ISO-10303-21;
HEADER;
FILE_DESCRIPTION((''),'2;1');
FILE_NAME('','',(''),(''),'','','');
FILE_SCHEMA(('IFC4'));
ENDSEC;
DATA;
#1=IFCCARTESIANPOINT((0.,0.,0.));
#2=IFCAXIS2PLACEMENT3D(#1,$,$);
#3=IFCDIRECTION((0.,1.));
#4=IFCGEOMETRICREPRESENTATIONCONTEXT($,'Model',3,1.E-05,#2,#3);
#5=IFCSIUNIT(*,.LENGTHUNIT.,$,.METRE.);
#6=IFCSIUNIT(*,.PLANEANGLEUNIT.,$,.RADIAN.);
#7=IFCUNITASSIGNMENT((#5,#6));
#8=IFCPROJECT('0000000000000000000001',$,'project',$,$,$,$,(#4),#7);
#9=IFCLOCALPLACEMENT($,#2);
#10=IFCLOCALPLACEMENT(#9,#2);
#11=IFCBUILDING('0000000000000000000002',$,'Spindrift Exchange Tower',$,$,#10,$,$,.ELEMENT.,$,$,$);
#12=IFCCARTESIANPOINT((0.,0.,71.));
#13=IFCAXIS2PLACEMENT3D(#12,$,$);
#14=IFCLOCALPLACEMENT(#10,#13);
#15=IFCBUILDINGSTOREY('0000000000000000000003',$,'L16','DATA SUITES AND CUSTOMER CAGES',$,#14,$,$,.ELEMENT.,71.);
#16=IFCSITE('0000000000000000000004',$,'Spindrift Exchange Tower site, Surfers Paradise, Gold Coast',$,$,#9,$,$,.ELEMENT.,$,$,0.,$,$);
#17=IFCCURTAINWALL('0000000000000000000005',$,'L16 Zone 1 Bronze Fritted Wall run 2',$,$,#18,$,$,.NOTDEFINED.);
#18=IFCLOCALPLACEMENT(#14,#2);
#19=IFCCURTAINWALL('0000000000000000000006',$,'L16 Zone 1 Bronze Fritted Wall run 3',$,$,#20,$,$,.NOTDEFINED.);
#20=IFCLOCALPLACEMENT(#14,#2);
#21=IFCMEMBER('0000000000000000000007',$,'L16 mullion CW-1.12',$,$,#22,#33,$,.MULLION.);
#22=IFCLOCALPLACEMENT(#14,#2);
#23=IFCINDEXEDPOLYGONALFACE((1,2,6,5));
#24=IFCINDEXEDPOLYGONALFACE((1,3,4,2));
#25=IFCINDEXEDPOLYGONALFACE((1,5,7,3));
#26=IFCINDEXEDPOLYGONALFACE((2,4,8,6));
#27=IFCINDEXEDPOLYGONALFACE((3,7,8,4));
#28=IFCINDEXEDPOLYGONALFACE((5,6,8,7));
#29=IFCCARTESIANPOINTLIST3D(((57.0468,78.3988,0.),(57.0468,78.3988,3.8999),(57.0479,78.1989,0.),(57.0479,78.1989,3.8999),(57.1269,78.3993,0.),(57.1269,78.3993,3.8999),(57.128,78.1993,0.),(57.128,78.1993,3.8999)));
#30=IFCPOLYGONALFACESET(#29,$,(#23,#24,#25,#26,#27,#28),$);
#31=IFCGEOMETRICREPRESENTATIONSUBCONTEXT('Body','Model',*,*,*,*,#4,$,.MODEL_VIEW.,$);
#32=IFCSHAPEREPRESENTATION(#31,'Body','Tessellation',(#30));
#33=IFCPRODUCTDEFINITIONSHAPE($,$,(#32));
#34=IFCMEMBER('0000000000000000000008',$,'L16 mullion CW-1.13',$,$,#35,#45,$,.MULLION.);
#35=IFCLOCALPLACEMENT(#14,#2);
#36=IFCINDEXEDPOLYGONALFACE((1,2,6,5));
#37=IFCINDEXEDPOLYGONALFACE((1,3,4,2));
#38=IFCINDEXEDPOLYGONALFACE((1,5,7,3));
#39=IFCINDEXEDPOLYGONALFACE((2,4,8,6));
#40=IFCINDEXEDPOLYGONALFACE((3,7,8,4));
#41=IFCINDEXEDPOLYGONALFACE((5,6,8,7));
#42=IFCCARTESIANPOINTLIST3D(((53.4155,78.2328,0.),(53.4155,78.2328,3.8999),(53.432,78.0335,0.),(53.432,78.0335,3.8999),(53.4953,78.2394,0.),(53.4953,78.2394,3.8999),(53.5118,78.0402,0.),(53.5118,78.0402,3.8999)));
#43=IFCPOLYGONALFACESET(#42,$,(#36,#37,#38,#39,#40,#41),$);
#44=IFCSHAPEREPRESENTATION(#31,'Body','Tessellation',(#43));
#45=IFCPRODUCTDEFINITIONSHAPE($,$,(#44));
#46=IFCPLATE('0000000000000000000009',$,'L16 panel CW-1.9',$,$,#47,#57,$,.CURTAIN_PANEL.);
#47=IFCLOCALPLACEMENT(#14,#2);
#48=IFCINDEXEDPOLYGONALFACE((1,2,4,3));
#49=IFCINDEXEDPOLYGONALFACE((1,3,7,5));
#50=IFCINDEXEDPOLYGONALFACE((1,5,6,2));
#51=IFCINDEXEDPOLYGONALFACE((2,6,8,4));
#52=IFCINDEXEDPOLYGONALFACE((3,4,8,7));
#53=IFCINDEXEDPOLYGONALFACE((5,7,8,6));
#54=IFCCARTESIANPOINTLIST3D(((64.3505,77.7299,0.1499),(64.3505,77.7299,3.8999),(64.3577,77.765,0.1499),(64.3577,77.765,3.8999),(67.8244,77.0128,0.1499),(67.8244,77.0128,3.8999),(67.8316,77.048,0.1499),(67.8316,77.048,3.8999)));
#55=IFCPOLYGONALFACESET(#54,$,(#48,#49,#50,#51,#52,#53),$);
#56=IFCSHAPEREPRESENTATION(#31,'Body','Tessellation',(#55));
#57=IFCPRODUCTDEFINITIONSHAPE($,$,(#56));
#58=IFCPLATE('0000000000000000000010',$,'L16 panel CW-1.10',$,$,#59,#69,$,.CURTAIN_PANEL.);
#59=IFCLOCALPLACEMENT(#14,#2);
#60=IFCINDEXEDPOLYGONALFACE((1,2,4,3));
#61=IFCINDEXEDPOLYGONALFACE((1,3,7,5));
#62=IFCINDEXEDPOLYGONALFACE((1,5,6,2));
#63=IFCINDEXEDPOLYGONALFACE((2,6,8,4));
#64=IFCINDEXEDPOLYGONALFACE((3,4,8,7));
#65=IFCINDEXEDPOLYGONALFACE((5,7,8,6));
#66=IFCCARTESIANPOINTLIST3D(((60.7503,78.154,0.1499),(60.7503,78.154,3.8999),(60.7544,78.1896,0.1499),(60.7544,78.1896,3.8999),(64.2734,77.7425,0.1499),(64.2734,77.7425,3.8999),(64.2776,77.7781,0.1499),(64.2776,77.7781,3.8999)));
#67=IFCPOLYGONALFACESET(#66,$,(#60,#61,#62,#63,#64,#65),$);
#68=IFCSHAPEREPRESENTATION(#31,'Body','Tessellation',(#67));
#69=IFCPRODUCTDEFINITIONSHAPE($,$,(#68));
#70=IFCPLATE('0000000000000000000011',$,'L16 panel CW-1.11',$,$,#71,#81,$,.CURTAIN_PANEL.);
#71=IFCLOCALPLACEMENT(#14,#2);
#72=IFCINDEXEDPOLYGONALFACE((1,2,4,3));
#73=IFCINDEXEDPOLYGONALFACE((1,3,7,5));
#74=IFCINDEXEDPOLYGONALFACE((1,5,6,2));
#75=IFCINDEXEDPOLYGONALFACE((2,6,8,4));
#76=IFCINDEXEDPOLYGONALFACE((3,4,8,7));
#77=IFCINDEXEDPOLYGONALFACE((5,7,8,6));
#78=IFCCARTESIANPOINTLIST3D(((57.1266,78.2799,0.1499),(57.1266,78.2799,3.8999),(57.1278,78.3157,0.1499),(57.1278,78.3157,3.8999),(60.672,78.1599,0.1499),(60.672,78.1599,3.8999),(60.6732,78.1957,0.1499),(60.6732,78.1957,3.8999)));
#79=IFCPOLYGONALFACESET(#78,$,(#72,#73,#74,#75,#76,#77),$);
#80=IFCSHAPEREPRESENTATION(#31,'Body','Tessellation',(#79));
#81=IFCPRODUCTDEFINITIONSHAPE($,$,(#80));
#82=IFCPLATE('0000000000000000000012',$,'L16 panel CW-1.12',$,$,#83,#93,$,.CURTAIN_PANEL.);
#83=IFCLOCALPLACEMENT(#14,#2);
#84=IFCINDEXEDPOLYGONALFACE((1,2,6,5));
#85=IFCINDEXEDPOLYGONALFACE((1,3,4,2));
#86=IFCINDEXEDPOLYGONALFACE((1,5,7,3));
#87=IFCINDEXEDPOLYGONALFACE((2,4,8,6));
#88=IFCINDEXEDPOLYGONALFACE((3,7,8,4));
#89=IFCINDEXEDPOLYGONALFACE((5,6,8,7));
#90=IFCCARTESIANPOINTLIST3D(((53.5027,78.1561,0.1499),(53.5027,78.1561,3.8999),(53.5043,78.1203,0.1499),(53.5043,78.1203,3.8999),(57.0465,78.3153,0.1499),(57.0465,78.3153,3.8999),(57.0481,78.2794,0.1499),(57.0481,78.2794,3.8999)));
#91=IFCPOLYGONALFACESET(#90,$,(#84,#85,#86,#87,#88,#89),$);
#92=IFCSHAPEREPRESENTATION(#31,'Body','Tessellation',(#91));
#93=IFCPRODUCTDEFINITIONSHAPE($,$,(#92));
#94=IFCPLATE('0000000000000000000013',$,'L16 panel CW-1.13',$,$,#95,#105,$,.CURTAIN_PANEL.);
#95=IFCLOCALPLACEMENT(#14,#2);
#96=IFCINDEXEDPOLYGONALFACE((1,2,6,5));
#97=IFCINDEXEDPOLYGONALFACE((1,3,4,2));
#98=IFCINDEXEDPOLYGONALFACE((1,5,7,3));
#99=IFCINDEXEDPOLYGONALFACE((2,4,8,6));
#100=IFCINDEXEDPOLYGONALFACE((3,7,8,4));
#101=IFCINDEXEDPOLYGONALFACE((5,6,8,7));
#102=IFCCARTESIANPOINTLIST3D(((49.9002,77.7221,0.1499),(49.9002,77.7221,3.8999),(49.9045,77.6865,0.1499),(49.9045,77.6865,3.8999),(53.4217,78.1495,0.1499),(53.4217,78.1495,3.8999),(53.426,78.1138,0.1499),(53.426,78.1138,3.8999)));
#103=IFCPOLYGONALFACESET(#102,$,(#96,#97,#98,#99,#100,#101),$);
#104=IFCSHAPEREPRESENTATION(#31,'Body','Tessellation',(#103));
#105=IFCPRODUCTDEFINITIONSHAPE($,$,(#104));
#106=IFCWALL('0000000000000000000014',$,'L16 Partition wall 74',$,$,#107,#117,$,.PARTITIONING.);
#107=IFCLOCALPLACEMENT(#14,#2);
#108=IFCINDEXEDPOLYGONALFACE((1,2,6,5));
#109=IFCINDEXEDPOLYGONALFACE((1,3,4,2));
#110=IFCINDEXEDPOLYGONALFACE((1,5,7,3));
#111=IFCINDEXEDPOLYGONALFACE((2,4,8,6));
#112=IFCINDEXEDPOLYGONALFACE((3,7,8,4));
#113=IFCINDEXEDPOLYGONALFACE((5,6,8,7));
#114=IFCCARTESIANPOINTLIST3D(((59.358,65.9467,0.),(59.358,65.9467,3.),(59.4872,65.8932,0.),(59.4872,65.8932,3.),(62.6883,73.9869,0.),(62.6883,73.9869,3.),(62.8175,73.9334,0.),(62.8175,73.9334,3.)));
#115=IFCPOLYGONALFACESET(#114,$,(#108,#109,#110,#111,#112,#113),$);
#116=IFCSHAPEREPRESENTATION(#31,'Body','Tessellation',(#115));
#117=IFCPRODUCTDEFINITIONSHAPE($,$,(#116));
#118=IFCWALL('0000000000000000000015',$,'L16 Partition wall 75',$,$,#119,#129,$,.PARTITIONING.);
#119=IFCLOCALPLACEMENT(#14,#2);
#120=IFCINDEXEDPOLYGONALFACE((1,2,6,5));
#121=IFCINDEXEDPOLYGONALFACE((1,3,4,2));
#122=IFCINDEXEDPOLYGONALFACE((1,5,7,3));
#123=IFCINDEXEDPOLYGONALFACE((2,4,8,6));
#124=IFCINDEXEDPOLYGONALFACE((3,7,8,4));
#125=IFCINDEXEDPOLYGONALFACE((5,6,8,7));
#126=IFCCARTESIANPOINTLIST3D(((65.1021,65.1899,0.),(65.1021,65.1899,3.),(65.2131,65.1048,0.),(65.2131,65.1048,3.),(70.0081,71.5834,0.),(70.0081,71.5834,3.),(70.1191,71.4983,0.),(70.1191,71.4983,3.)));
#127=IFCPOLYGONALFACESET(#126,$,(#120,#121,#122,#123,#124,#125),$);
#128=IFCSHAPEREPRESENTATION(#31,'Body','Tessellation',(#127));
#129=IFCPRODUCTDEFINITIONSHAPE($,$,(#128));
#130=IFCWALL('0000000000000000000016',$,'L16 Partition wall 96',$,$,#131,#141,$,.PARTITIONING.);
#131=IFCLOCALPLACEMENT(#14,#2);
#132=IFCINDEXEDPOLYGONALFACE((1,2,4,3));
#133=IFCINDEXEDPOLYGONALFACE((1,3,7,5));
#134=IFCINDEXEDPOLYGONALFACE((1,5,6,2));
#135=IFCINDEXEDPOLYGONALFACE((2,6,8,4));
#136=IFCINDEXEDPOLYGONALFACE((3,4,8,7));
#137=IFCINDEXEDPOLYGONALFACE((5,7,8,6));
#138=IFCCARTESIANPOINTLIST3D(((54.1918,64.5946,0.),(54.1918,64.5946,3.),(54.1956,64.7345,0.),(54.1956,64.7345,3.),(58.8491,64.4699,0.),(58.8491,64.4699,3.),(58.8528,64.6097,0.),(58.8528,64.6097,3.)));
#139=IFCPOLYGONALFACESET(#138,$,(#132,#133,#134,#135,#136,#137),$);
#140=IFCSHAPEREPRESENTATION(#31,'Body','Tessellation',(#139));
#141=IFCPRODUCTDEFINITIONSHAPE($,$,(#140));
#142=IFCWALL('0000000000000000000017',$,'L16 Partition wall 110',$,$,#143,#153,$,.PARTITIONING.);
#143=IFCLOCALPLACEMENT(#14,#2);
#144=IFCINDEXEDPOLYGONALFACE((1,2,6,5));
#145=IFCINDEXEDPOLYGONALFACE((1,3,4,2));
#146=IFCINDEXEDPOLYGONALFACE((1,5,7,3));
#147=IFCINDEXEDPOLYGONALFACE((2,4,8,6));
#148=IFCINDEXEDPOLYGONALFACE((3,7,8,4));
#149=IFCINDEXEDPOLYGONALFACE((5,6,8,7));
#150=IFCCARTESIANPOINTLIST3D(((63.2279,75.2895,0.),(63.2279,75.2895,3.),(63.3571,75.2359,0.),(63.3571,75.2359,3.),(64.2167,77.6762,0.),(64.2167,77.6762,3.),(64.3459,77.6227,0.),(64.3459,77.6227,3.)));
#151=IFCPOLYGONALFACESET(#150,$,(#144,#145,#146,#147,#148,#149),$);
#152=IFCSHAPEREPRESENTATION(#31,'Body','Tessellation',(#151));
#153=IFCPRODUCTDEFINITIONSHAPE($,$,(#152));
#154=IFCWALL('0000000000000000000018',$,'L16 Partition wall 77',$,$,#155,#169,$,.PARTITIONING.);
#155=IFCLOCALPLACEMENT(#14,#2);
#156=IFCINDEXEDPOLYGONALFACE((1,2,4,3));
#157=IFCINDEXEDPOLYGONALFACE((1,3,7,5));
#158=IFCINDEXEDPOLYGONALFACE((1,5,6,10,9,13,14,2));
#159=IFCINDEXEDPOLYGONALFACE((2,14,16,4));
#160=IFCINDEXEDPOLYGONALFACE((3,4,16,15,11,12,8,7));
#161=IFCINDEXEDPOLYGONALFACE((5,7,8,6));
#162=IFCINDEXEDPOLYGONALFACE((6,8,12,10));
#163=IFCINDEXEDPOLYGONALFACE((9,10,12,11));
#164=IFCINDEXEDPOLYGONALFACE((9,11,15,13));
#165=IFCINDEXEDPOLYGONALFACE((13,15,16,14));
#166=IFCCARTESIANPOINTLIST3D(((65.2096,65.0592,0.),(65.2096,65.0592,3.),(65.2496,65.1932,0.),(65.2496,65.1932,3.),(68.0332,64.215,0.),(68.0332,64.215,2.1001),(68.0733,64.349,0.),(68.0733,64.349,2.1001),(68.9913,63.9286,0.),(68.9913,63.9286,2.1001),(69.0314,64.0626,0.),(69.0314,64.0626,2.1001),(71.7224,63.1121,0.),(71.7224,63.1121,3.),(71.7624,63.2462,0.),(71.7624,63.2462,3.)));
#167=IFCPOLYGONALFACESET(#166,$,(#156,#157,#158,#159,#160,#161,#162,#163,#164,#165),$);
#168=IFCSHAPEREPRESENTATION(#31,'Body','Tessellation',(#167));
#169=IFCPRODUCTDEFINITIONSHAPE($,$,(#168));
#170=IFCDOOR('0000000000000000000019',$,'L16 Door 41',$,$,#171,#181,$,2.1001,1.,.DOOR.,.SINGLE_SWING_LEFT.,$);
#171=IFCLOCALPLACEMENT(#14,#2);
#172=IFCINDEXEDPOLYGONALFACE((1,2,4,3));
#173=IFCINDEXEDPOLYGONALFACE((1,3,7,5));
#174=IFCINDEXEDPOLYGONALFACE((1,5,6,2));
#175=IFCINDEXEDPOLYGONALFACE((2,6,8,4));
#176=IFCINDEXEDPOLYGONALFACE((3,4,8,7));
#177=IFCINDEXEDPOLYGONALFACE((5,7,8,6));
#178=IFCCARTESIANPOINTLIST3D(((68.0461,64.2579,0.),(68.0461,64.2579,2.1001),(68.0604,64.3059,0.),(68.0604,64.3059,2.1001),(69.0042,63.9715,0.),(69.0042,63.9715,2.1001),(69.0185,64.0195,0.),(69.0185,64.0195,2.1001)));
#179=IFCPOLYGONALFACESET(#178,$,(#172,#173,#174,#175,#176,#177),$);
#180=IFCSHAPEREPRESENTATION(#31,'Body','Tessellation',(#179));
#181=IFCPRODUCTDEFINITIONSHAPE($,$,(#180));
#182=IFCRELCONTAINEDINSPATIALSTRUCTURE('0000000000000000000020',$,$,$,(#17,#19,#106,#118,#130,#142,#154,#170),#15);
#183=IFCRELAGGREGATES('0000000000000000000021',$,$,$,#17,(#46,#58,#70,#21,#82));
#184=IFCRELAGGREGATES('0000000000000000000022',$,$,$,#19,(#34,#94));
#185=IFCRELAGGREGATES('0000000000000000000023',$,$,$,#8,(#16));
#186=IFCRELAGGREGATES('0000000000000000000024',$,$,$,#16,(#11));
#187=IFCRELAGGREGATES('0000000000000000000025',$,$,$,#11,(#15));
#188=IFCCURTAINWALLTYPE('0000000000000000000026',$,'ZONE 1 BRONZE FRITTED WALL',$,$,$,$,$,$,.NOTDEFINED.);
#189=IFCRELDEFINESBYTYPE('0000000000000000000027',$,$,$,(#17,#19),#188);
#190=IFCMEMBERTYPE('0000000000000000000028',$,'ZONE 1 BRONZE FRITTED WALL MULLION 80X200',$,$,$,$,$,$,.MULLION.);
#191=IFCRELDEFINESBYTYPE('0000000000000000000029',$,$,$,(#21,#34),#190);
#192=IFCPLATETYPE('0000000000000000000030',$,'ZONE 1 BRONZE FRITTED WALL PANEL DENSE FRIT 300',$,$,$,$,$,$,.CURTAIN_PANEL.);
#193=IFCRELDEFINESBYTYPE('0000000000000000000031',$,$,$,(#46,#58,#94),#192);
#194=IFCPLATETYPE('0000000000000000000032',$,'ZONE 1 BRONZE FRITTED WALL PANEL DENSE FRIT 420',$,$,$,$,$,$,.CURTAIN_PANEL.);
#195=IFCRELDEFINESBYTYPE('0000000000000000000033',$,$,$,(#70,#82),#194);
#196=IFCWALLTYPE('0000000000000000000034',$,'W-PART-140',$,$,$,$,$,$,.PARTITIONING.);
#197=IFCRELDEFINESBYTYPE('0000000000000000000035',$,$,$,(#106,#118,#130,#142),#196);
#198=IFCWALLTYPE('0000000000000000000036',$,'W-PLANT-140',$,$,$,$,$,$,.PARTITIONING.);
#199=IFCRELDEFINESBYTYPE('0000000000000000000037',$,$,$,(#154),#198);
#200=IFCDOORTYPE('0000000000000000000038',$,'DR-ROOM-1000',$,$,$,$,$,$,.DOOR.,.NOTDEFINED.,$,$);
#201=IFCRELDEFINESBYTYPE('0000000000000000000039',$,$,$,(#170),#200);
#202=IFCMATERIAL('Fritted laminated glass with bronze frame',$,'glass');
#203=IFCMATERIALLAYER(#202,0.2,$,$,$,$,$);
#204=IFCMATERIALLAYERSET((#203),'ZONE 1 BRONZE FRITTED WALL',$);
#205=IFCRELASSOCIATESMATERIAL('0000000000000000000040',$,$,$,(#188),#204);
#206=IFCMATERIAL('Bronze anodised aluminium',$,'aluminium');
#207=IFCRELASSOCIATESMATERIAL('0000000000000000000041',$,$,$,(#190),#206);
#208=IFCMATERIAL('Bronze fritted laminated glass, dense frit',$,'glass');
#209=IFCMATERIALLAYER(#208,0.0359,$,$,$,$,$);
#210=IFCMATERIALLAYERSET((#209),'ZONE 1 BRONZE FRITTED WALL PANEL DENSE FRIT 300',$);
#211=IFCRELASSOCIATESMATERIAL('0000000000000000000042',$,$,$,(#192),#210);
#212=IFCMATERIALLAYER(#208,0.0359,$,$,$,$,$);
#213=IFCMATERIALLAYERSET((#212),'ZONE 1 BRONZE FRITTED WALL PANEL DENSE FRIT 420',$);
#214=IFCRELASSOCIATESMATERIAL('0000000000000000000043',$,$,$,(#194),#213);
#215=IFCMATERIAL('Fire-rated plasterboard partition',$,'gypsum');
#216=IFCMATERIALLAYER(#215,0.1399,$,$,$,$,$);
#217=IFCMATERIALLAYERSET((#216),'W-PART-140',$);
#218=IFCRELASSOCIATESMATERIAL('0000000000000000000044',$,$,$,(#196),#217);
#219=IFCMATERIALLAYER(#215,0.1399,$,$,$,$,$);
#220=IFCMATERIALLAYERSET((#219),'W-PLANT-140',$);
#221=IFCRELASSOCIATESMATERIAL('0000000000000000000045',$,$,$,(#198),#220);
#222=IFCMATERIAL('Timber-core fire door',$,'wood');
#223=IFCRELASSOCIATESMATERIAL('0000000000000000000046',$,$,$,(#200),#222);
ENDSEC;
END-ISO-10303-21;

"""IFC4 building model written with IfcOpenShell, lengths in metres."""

from ifc_helpers import new_model, si_unit, direction, frame, frame_2d, origin, origin_2d, place, context, subcontext, project, spatial, rectangle, extrude, source, transform, mapped, material, layer, layer_set, material_profile, profile_set, type_object, element, fill, aggregate, save


model = new_model("IFC4")

# Units and contexts
model_context = context("Model", 3, precision=1e-05, world=origin(), true_north=direction((0.0, 1.0)))
body_context = subcontext(model_context, "Body", "Model", "MODEL_VIEW")
ifc_project = project(units=[si_unit("LENGTHUNIT", "METRE"), si_unit("PLANEANGLEUNIT", "RADIAN")], contexts=[model_context])

# Site, building, storey
site_placement = place(None, origin())
site = spatial("IfcSite", under=ifc_project, at=site_placement, Name="Spindrift Exchange Tower site, Surfers Paradise, Gold Coast", CompositionType="ELEMENT", RefElevation=0.0)
building_placement = place(site_placement, origin())
building = spatial("IfcBuilding", under=site, at=building_placement, Name="Spindrift Exchange Tower", CompositionType="ELEMENT")
storey_placement = place(building_placement, frame((0.0, 0.0, 71.0)))
storey = spatial("IfcBuildingStorey", under=building, at=storey_placement, Name="L16", Description="DATA SUITES AND CUSTOMER CAGES", CompositionType="ELEMENT", Elevation=71.0)

# Curtain wall
ifc_material_1 = material(Name="Fritted laminated glass with bronze frame", Category="glass")
ifc_layer_1 = layer(ifc_material_1, 0.2)
ifc_layer_set_1 = layer_set([ifc_layer_1], Name="ZONE 1 BRONZE FRITTED WALL")
curtain_wall_type = type_object("IfcCurtainWallType", Name="ZONE 1 BRONZE FRITTED WALL", PredefinedType="NOTDEFINED", material=ifc_layer_set_1)
curtain_wall_1_placement = place(storey_placement, origin())
curtain_wall_1 = element("IfcCurtainWall", 1, at=curtain_wall_1_placement, inside=storey, type_object=curtain_wall_type, Name="L16 Zone 1 Bronze Fritted Wall run 2", PredefinedType="NOTDEFINED")
ifc_material_2 = material(Name="Bronze anodised aluminium", Category="aluminium")

# Curtain wall
curtain_wall_2_placement = place(storey_placement, origin())
curtain_wall_2 = element("IfcCurtainWall", 2, at=curtain_wall_2_placement, inside=storey, type_object=curtain_wall_type, Name="L16 Zone 1 Bronze Fritted Wall run 3", PredefinedType="NOTDEFINED")

# Members
ifc_material_profile_1 = material_profile(ifc_material_2, rectangle(XDim=0.0801, YDim=0.2, at=origin_2d()), Name="ZONE 1 BRONZE FRITTED WALL MULLION 80X200")
ifc_profile_set_1 = profile_set([ifc_material_profile_1], Name="Bronze anodised aluminium")
member_type_1 = type_object("IfcMemberType", Name="ZONE 1 BRONZE FRITTED WALL MULLION 80X200", PredefinedType="MULLION", material=ifc_profile_set_1)
shared_shape_1 = source(origin(), body_context, "Body", "SweptSolid", [
    extrude(rectangle(XDim=0.0801, YDim=0.2, at=origin_2d()), origin(), (0.0, 0.0, 1.0), 3.8999),
])
member_1_placement = place(storey_placement, frame((57.0874, 78.2991, 0.0), z_axis=(0.0, 0.0, 1.0), x_axis=(-0.999985, -0.005518, 0.0)))
member_1 = element("IfcMember", 3, at=member_1_placement, type_object=member_type_1, Name="L16 mullion CW-1.12", PredefinedType="MULLION", context=body_context, shape_type="MappedRepresentation", body=[
    mapped(shared_shape_1, transform((0.0, 0.0, 0.0), scale=1.0)),
])
member_2_placement = place(storey_placement, frame((53.4636, 78.1365, 0.0), z_axis=(0.0, 0.0, 1.0), x_axis=(-0.996573, -0.082724, 0.0)))
member_2 = element("IfcMember", 4, at=member_2_placement, type_object=member_type_1, Name="L16 mullion CW-1.13", PredefinedType="MULLION", context=body_context, shape_type="MappedRepresentation", body=[
    mapped(shared_shape_1, transform((0.0, 0.0, 0.0), scale=1.0)),
])

# Plates
ifc_material_3 = material(Name="Bronze fritted laminated glass, dense frit", Category="glass")
ifc_layer_2 = layer(ifc_material_3, 0.0359)
ifc_layer_set_2 = layer_set([ifc_layer_2], Name="ZONE 1 BRONZE FRITTED WALL PANEL DENSE FRIT 300")
plate_type_1 = type_object("IfcPlateType", Name="ZONE 1 BRONZE FRITTED WALL PANEL DENSE FRIT 300", PredefinedType="CURTAIN_PANEL", material=ifc_layer_set_2)
shared_shape_2 = source(origin(), body_context, "Body", "SweptSolid", [
    extrude(rectangle(XDim=3.5471, YDim=0.0359, at=origin_2d()), origin(), (0.0, 0.0, 1.0), 3.75),
])
plate_1_placement = place(storey_placement, frame((66.0911, 77.3889, 0.1499), z_axis=(0.0, 0.0, 1.0), x_axis=(-0.979354, 0.202151, 0.0)))
plate_1 = element("IfcPlate", 5, at=plate_1_placement, type_object=plate_type_1, Name="L16 panel CW-1.9", PredefinedType="CURTAIN_PANEL", context=body_context, shape_type="MappedRepresentation", body=[
    mapped(shared_shape_2, transform((0.0, 0.0, 0.0), scale=1.0)),
])
plate_2_placement = place(storey_placement, frame((62.5139, 77.9661, 0.1499), z_axis=(0.0, 0.0, 1.0), x_axis=(-0.993247, 0.116015, 0.0)))
plate_2 = element("IfcPlate", 6, at=plate_2_placement, type_object=plate_type_1, Name="L16 panel CW-1.10", PredefinedType="CURTAIN_PANEL", context=body_context, shape_type="MappedRepresentation", body=[
    mapped(shared_shape_2, transform((0.0, 0.0, 0.0), scale=1.0)),
])
ifc_layer_3 = layer(ifc_material_3, 0.0359)
ifc_layer_set_3 = layer_set([ifc_layer_3], Name="ZONE 1 BRONZE FRITTED WALL PANEL DENSE FRIT 420")
plate_type_2 = type_object("IfcPlateType", Name="ZONE 1 BRONZE FRITTED WALL PANEL DENSE FRIT 420", PredefinedType="CURTAIN_PANEL", material=ifc_layer_set_3)
shared_shape_3 = source(origin(), body_context, "Body", "SweptSolid", [
    extrude(rectangle(XDim=3.5474, YDim=0.0359, at=origin_2d()), origin(), (0.0, 0.0, 1.0), 3.75),
])
plate_3_placement = place(storey_placement, frame((58.8999, 78.2378, 0.1499), z_axis=(0.0, 0.0, 1.0), x_axis=(-0.999428, 0.033827, 0.0)))
plate_3 = element("IfcPlate", 7, at=plate_3_placement, type_object=plate_type_2, Name="L16 panel CW-1.11", PredefinedType="CURTAIN_PANEL", context=body_context, shape_type="MappedRepresentation", body=[
    mapped(shared_shape_3, transform((0.0, 0.0, 0.0), scale=1.0)),
])
plate_4_placement = place(storey_placement, frame((55.2754, 78.2178, 0.1499), z_axis=(0.0, 0.0, 1.0), x_axis=(-0.998994, -0.044854, 0.0)))
plate_4 = element("IfcPlate", 8, at=plate_4_placement, type_object=plate_type_2, Name="L16 panel CW-1.12", PredefinedType="CURTAIN_PANEL", context=body_context, shape_type="MappedRepresentation", body=[
    mapped(shared_shape_3, transform((0.0, 0.0, 0.0), scale=1.0)),
])
aggregate(curtain_wall_1, [plate_1, plate_2, plate_3, member_1, plate_4])
shared_shape_4 = source(origin(), body_context, "Body", "SweptSolid", [
    extrude(rectangle(XDim=3.5474, YDim=0.0359, at=origin_2d()), origin(), (0.0, 0.0, 1.0), 3.75),
])
plate_5_placement = place(storey_placement, frame((51.6631, 77.918, 0.1499), z_axis=(0.0, 0.0, 1.0), x_axis=(-0.992716, -0.120475, 0.0)))
plate_5 = element("IfcPlate", 9, at=plate_5_placement, type_object=plate_type_1, Name="L16 panel CW-1.13", PredefinedType="CURTAIN_PANEL", context=body_context, shape_type="MappedRepresentation", body=[
    mapped(shared_shape_4, transform((0.0, 0.0, 0.0), scale=1.0)),
])
aggregate(curtain_wall_2, [member_2, plate_5])

# Walls
ifc_material_4 = material(Name="Fire-rated plasterboard partition", Category="gypsum")
ifc_layer_4 = layer(ifc_material_4, 0.1399)
ifc_layer_set_4 = layer_set([ifc_layer_4], Name="W-PART-140")
wall_type_1 = type_object("IfcWallType", Name="W-PART-140", PredefinedType="PARTITIONING", material=ifc_layer_set_4)
wall_1_placement = place(storey_placement, frame((59.4226, 65.9199, 0.0), z_axis=(0.0, 0.0, 1.0), x_axis=(0.382676, 0.923882, 0.0)))
element("IfcWall", 10, at=wall_1_placement, inside=storey, type_object=wall_type_1, Name="L16 Partition wall 74", PredefinedType="PARTITIONING", context=body_context, shape_type="SweptSolid", body=[
    extrude(rectangle(XDim=8.7026, YDim=0.1399, at=frame_2d((4.3513, 0.0))), origin(), (0.0, 0.0, 1.0), 3.0),
])
wall_2_placement = place(storey_placement, frame((65.1577, 65.1475, 0.0), z_axis=(0.0, 0.0, 1.0), x_axis=(0.608766, 0.79335, 0.0)))
element("IfcWall", 11, at=wall_2_placement, inside=storey, type_object=wall_type_1, Name="L16 Partition wall 75", PredefinedType="PARTITIONING", context=body_context, shape_type="SweptSolid", body=[
    extrude(rectangle(XDim=8.0588, YDim=0.1399, at=frame_2d((4.0293, 0.0))), origin(), (0.0, 0.0, 1.0), 3.0),
])
wall_3_placement = place(storey_placement, frame((58.8511, 64.5398, 0.0), z_axis=(0.0, 0.0, 1.0), x_axis=(-0.999641, 0.026778, 0.0)))
element("IfcWall", 12, at=wall_3_placement, inside=storey, type_object=wall_type_1, Name="L16 Partition wall 96", PredefinedType="PARTITIONING", context=body_context, shape_type="SweptSolid", body=[
    extrude(rectangle(XDim=4.6589, YDim=0.1399, at=frame_2d((2.3296, 0.0))), origin(), (0.0, 0.0, 1.0), 3.0),
])
wall_4_placement = place(storey_placement, frame((63.2925, 75.2627, 0.0), z_axis=(0.0, 0.0, 1.0), x_axis=(0.382736, 0.923858, 0.0)))
element("IfcWall", 13, at=wall_4_placement, inside=storey, type_object=wall_type_1, Name="L16 Partition wall 110", PredefinedType="PARTITIONING", context=body_context, shape_type="SweptSolid", body=[
    extrude(rectangle(XDim=2.5835, YDim=0.1399, at=frame_2d((1.2917, 0.0))), origin(), (0.0, 0.0, 1.0), 3.0),
])

# Wall, opening, door
ifc_layer_5 = layer(ifc_material_4, 0.1399)
ifc_layer_set_5 = layer_set([ifc_layer_5], Name="W-PLANT-140")
wall_type_2 = type_object("IfcWallType", Name="W-PLANT-140", PredefinedType="PARTITIONING", material=ifc_layer_set_5)
wall_5_placement = place(storey_placement, frame((65.2295, 65.1262, 0.0), z_axis=(0.0, 0.0, 1.0), x_axis=(0.958101, -0.286432, 0.0)))
wall_5 = element("IfcWall", 14, at=wall_5_placement, inside=storey, type_object=wall_type_2, Name="L16 Partition wall 77", PredefinedType="PARTITIONING", context=body_context, shape_type="SweptSolid", body=[
    extrude(rectangle(XDim=6.7976, YDim=0.1399, at=frame_2d((3.3989, 0.0))), origin(), (0.0, 0.0, 1.0), 3.0),
])
opening_1_placement = place(wall_5_placement, frame((2.9473, 0.0, 0.0)))
opening_1 = element("IfcOpeningElement", 15, at=opening_1_placement, cuts=wall_5, PredefinedType="OPENING", context=body_context, shape_type="SweptSolid", body=[
    extrude(rectangle(XDim=1.0, YDim=2.1001, at=frame_2d((0.5, 1.05))), frame((0.0, 0.0798, 0.0), z_axis=(0.0, -1.0, 0.0), x_axis=(1.0, 0.0, 0.0)), (0.0, 0.0, 1.0), 0.1599),
])
ifc_material_5 = material(Name="Timber-core fire door", Category="wood")
door_type = type_object("IfcDoorType", Name="DR-ROOM-1000", OperationType="NOTDEFINED", PredefinedType="DOOR", material=ifc_material_5)
shared_shape_5 = source(origin(), body_context, "Body", "SweptSolid", [
    extrude(rectangle(XDim=1.0, YDim=2.1001, at=frame_2d((0.5, 1.05))), frame((0.0, 0.0249, 0.0), z_axis=(0.0, -1.0, 0.0), x_axis=(1.0, 0.0, 0.0)), (0.0, 0.0, 1.0), 0.05),
])
door_1_placement = place(opening_1_placement, origin())
door_1 = element("IfcDoor", 16, at=door_1_placement, inside=storey, type_object=door_type, Name="L16 Door 41", OperationType="SINGLE_SWING_LEFT", OverallHeight=2.1001, OverallWidth=1.0, PredefinedType="DOOR", context=body_context, shape_type="MappedRepresentation", body=[
    mapped(shared_shape_5, transform((0.0, 0.0, 0.0), scale=1.0)),
])
fill(opening_1, door_1)

save(model, "model.ifc")
